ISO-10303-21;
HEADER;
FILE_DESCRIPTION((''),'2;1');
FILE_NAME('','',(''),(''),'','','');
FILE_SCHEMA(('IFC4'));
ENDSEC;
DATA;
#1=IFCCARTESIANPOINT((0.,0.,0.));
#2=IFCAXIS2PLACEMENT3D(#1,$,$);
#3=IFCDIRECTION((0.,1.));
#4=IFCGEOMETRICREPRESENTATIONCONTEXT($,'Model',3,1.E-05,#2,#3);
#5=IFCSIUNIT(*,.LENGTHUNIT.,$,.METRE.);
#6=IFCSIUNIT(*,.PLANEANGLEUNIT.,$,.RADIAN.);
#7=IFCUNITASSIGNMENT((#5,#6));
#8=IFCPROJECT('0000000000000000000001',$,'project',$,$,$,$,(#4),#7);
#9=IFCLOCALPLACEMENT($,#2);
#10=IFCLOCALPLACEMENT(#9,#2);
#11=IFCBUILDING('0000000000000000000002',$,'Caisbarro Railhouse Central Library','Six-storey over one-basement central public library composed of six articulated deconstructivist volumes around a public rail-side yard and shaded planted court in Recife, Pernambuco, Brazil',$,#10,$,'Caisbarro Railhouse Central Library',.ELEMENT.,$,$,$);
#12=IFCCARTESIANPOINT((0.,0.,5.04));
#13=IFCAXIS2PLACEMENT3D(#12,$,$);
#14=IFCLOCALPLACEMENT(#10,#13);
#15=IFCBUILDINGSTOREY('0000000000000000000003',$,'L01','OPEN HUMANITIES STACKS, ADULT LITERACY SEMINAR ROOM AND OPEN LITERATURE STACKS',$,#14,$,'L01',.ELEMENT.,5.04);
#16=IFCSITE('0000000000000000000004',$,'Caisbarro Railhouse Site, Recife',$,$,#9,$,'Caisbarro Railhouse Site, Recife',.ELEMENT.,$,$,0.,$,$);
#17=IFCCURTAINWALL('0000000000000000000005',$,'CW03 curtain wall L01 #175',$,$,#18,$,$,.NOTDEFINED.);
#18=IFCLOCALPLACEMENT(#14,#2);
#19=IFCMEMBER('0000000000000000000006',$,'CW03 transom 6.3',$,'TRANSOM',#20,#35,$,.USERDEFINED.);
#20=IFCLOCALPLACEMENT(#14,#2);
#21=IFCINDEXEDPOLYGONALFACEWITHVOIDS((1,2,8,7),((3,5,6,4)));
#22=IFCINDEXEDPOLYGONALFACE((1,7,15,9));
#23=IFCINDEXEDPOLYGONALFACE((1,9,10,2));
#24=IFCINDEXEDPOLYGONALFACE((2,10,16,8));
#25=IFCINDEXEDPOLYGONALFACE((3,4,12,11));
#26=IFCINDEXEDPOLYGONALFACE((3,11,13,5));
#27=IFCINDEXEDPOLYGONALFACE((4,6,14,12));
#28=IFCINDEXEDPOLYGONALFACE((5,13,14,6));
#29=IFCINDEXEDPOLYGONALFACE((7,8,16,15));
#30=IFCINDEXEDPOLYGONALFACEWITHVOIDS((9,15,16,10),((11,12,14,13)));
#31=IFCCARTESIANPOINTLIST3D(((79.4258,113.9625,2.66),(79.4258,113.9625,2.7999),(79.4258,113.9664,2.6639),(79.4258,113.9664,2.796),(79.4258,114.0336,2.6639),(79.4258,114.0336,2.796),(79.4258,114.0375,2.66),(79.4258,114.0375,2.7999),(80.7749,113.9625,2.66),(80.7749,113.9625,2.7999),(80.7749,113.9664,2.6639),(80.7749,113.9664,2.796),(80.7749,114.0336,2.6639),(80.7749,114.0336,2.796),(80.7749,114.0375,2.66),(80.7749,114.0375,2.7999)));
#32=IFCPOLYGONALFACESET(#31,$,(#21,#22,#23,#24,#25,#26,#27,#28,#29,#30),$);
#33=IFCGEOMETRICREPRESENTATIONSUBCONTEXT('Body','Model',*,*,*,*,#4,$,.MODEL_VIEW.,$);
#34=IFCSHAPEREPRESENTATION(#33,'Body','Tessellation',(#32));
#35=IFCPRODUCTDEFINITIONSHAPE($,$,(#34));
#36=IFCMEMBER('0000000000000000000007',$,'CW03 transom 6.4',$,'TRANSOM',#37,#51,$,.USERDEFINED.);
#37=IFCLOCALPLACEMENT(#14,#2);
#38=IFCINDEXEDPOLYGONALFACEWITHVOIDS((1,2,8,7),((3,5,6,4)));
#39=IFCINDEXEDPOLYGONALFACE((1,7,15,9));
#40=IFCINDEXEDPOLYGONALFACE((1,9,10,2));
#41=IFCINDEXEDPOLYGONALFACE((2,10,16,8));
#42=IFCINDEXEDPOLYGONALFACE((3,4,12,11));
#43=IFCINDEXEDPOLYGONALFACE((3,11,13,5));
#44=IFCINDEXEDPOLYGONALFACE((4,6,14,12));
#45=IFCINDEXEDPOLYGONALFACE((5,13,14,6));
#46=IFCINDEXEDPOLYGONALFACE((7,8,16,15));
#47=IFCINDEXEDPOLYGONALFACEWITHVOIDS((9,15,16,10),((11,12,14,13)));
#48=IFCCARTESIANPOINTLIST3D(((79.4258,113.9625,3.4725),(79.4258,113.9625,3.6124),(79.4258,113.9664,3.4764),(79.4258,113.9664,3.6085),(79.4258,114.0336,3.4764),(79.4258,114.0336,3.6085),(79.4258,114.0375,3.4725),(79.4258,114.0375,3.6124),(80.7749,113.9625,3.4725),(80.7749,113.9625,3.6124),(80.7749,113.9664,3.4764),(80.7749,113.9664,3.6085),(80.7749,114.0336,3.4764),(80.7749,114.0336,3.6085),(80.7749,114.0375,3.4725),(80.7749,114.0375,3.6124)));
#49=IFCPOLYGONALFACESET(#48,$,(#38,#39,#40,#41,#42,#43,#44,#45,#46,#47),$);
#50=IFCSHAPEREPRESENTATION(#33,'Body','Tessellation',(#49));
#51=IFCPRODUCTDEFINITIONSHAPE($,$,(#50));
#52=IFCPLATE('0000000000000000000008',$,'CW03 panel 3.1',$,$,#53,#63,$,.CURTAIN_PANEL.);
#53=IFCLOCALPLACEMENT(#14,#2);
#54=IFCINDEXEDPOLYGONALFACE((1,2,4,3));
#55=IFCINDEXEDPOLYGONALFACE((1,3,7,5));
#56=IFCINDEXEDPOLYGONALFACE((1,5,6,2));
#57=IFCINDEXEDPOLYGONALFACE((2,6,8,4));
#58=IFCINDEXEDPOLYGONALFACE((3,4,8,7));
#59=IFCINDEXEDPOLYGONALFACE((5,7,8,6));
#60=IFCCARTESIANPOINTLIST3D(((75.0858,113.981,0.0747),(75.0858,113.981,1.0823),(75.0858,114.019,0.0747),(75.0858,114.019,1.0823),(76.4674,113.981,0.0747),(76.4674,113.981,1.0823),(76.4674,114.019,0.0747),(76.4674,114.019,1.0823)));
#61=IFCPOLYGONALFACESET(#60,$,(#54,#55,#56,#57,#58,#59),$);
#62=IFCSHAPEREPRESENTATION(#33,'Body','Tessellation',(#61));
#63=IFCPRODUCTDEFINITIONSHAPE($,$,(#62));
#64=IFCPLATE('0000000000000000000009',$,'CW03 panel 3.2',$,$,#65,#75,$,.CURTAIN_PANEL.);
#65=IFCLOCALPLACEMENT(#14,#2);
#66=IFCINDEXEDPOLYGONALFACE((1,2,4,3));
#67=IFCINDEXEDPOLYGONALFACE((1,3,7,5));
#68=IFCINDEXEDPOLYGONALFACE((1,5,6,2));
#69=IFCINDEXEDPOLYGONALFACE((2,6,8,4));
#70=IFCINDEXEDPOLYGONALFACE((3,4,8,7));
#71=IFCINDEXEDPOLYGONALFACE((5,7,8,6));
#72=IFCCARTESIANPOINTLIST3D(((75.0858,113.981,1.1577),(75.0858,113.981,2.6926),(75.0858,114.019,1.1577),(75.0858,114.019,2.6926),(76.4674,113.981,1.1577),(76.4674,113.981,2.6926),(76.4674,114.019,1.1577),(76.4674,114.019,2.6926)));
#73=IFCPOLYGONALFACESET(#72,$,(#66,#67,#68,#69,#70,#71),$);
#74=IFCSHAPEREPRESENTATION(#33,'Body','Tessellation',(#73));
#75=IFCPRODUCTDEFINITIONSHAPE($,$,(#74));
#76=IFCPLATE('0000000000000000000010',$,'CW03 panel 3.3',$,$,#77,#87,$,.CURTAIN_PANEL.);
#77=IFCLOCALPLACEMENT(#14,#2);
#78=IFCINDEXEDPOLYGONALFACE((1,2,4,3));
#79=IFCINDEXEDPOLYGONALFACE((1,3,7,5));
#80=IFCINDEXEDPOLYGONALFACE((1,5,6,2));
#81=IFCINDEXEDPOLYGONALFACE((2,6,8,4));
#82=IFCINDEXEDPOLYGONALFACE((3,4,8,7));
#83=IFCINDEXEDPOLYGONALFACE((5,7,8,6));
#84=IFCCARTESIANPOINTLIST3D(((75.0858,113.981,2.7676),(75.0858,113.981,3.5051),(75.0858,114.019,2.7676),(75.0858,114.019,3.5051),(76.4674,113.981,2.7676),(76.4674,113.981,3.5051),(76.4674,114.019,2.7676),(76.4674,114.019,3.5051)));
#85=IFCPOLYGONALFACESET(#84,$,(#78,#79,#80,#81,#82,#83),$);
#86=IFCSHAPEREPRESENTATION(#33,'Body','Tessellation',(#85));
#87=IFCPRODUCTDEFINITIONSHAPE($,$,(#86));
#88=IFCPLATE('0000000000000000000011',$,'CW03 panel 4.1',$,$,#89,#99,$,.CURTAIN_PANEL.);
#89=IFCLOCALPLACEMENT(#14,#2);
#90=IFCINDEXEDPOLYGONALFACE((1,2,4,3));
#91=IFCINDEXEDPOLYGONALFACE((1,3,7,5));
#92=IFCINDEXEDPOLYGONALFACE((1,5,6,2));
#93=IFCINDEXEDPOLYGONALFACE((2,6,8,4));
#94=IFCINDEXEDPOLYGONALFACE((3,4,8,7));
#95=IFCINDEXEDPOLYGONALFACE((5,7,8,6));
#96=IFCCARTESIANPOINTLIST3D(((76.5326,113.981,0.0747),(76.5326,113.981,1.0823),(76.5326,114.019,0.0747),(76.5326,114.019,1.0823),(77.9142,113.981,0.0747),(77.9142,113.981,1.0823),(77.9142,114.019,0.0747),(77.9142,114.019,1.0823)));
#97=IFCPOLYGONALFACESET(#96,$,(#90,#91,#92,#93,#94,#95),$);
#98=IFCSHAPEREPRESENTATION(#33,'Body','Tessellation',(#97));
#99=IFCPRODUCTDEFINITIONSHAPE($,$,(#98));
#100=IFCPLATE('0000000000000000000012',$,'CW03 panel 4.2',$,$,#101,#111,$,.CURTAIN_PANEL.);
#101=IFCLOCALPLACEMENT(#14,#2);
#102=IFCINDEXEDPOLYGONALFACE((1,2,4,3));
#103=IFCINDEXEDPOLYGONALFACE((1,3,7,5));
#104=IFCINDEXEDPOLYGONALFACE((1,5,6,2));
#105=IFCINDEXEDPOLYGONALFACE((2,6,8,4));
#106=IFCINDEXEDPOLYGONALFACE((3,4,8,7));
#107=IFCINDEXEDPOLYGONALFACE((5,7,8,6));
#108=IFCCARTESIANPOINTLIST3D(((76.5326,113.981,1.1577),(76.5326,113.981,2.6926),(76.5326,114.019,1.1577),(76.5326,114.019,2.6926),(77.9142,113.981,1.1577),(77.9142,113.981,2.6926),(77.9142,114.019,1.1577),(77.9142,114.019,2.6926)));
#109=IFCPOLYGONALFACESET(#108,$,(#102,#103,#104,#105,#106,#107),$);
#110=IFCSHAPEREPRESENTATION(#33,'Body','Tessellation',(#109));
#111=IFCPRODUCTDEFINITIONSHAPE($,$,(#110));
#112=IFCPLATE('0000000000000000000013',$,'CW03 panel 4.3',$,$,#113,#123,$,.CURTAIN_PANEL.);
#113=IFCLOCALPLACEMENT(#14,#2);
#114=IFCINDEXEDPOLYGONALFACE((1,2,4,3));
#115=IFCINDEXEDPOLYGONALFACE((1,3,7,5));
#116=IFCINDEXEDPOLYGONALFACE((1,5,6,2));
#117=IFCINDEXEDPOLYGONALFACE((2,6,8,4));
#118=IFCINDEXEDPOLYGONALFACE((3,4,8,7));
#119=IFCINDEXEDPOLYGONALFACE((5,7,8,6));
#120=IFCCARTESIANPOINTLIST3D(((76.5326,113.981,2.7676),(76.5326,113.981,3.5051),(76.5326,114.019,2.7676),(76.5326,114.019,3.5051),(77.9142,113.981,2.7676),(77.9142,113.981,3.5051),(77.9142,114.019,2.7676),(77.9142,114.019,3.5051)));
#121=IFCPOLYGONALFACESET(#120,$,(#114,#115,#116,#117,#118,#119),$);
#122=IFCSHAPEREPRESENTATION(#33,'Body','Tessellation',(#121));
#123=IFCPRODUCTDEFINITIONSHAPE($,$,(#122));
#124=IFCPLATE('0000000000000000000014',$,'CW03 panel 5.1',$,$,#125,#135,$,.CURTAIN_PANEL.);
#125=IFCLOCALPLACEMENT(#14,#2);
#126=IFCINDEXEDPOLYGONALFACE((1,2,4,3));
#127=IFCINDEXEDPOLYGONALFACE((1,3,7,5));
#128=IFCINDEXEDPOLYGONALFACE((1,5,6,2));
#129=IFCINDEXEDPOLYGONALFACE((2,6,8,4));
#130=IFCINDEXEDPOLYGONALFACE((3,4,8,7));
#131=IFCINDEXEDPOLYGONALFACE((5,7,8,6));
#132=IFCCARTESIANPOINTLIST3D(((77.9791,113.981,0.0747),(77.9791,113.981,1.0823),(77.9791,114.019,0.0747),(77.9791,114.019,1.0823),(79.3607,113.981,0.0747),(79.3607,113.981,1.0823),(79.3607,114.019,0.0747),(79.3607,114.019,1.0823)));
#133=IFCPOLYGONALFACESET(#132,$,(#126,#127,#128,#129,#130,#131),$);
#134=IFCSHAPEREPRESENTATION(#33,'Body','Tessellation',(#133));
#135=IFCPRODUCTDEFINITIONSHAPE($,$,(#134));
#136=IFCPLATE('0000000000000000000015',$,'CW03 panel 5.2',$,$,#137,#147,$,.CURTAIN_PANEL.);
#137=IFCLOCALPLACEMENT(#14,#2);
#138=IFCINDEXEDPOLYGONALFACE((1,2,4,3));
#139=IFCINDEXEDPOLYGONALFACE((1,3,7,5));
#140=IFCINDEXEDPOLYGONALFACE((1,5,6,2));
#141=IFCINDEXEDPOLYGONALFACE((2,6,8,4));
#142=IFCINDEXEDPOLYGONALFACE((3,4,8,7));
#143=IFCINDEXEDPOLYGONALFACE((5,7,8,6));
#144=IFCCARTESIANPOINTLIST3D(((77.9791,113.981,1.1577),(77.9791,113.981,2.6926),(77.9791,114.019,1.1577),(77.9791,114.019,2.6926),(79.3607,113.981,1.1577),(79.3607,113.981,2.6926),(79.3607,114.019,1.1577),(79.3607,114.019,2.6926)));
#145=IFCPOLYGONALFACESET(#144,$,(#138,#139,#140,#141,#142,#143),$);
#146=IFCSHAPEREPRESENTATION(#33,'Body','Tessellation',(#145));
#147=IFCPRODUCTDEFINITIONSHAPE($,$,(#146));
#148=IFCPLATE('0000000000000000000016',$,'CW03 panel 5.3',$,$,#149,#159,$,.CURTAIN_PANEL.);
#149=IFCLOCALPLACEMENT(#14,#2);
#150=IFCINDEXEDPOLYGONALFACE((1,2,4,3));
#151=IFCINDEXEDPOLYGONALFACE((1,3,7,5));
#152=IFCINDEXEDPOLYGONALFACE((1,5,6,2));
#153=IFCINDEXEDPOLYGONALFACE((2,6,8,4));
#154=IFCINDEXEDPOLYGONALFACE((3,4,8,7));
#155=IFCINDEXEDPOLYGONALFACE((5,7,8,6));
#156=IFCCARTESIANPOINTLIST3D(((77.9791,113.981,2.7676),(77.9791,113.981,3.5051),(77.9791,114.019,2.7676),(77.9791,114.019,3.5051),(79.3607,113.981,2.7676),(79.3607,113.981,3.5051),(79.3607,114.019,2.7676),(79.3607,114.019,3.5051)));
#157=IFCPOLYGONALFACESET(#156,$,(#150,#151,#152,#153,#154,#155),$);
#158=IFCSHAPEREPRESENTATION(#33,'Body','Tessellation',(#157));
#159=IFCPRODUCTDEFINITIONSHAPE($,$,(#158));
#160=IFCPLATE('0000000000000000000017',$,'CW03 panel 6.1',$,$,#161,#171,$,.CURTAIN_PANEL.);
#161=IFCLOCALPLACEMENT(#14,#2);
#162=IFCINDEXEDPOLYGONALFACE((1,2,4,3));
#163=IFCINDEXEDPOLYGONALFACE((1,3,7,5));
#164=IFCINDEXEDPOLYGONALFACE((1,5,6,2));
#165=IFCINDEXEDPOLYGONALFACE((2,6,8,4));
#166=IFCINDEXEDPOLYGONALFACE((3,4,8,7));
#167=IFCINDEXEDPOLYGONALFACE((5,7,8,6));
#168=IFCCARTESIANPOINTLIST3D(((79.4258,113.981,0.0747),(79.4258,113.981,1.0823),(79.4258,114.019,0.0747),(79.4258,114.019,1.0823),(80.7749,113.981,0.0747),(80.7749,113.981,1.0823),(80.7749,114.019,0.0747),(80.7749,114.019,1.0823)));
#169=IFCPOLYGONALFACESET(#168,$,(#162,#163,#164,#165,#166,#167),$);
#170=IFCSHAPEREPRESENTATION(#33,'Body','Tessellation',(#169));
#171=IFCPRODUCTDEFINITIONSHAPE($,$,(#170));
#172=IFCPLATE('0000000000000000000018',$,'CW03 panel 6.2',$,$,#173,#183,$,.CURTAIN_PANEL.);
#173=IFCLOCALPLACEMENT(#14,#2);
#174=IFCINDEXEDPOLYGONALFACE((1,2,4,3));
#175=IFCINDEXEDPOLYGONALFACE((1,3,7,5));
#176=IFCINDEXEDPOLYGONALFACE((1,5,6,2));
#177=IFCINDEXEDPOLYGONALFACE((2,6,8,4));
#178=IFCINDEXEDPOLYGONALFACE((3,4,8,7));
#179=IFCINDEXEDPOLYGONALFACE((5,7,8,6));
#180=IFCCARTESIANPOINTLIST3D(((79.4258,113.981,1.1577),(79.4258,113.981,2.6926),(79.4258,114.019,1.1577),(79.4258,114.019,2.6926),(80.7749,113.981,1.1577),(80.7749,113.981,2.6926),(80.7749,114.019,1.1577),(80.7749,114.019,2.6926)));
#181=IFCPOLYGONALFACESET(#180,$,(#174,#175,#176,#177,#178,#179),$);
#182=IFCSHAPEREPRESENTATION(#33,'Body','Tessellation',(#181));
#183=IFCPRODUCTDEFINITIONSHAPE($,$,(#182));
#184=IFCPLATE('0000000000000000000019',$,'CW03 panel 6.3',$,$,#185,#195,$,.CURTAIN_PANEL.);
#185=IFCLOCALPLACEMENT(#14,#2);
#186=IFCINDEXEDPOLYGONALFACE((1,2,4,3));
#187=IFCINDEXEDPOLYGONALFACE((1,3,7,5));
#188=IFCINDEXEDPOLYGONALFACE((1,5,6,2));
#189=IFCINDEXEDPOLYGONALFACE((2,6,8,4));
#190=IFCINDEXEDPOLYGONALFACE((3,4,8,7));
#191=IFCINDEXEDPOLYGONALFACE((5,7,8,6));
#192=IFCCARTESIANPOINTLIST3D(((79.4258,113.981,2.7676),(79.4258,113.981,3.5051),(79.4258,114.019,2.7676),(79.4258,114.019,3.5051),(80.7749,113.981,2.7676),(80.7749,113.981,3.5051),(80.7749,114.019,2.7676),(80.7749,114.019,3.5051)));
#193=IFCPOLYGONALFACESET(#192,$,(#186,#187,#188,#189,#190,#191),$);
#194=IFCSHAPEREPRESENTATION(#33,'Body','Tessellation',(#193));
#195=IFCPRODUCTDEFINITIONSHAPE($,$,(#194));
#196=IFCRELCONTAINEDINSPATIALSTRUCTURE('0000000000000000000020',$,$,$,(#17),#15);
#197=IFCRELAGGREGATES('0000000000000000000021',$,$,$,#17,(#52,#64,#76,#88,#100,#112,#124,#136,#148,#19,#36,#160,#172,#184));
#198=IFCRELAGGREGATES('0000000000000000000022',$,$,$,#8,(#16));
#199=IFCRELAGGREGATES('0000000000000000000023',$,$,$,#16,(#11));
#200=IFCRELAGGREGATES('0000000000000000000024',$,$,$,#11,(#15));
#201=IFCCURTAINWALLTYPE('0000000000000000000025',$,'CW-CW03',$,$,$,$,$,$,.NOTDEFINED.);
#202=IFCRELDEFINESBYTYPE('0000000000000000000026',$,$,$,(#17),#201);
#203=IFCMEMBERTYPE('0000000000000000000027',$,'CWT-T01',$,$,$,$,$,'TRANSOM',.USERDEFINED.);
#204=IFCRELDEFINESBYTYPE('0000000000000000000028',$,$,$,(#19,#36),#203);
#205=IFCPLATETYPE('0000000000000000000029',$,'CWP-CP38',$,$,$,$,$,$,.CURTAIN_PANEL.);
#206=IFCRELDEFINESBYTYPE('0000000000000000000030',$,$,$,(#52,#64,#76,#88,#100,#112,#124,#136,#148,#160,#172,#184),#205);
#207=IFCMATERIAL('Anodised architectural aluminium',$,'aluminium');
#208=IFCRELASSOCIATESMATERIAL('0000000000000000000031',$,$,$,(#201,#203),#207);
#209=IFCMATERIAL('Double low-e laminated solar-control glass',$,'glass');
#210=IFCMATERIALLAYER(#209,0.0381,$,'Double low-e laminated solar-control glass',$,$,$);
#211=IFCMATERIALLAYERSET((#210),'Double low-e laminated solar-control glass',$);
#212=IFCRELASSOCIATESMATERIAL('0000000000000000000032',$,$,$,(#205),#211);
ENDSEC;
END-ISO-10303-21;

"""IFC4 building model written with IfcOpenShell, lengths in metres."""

from ifc_helpers import new_model, si_unit, direction, frame, origin, origin_2d, place, context, subcontext, project, spatial, rectangle, hollow_rectangle, extrude, material, layer, layer_set, material_profile, profile_set, type_object, element, aggregate, save


model = new_model("IFC4")

# Units and contexts
model_context = context("Model", 3, precision=1e-05, world=origin(), true_north=direction((0.0, 1.0)))
body_context = subcontext(model_context, "Body", "Model", "MODEL_VIEW")
ifc_project = project(units=[si_unit("LENGTHUNIT", "METRE"), si_unit("PLANEANGLEUNIT", "RADIAN")], contexts=[model_context])

# Site, building, storey
site_placement = place(None, origin())
site = spatial("IfcSite", under=ifc_project, at=site_placement, Name="Caisbarro Railhouse Site, Recife", LongName="Caisbarro Railhouse Site, Recife", CompositionType="ELEMENT", RefElevation=0.0)
building_placement = place(site_placement, origin())
building = spatial("IfcBuilding", under=site, at=building_placement, Name="Caisbarro Railhouse Central Library", Description="Six-storey over one-basement central public library composed of six articulated deconstructivist volumes around a public rail-side yard and shaded planted court in Recife, Pernambuco, Brazil", LongName="Caisbarro Railhouse Central Library", CompositionType="ELEMENT")
storey_placement = place(building_placement, frame((0.0, 0.0, 5.04)))
storey = spatial("IfcBuildingStorey", under=building, at=storey_placement, Name="L01", Description="OPEN HUMANITIES STACKS, ADULT LITERACY SEMINAR ROOM AND OPEN LITERATURE STACKS", LongName="L01", CompositionType="ELEMENT", Elevation=5.04)

# Curtain wall
ifc_material_1 = material(Name="Anodised architectural aluminium", Category="aluminium")
curtain_wall_type = type_object("IfcCurtainWallType", Name="CW-CW03", PredefinedType="NOTDEFINED", material=ifc_material_1)
curtain_wall_1_placement = place(storey_placement, origin())
curtain_wall_1 = element("IfcCurtainWall", 1, at=curtain_wall_1_placement, inside=storey, type_object=curtain_wall_type, Name="CW03 curtain wall L01 #175", PredefinedType="NOTDEFINED")

# Members
ifc_material_profile_1 = material_profile(ifc_material_1, hollow_rectangle(XDim=0.075, YDim=0.1399, WallThickness=0.0039, at=origin_2d()), Name="ALU-TRN-75X140")
ifc_profile_set_1 = profile_set([ifc_material_profile_1], Name="Anodised architectural aluminium")
member_type_1 = type_object("IfcMemberType", Name="CWT-T01", ElementType="TRANSOM", PredefinedType="USERDEFINED", material=ifc_profile_set_1)
member_1_placement = place(storey_placement, frame((79.4258, 114.0, 2.73), z_axis=(1.0, 0.0, 0.0), x_axis=(0.0, 1.0, 0.0)))
member_1 = element("IfcMember", 2, at=member_1_placement, type_object=member_type_1, Name="CW03 transom 6.3", ObjectType="TRANSOM", PredefinedType="USERDEFINED", context=body_context, shape_type="SweptSolid", body=[
    extrude(hollow_rectangle(XDim=0.075, YDim=0.1399, WallThickness=0.0039, at=origin_2d()), origin(), (0.0, 0.0, 1.0), 1.3491),
])
member_2_placement = place(storey_placement, frame((79.4258, 114.0, 3.5425), z_axis=(1.0, 0.0, 0.0), x_axis=(0.0, 1.0, 0.0)))
member_2 = element("IfcMember", 3, at=member_2_placement, type_object=member_type_1, Name="CW03 transom 6.4", ObjectType="TRANSOM", PredefinedType="USERDEFINED", context=body_context, shape_type="SweptSolid", body=[
    extrude(hollow_rectangle(XDim=0.075, YDim=0.1399, WallThickness=0.0039, at=origin_2d()), origin(), (0.0, 0.0, 1.0), 1.3491),
])

# Plates
ifc_material_2 = material(Name="Double low-e laminated solar-control glass", Category="glass")
ifc_layer = layer(ifc_material_2, 0.0381, Name="Double low-e laminated solar-control glass")
ifc_layer_set = layer_set([ifc_layer], Name="Double low-e laminated solar-control glass")
plate_type = type_object("IfcPlateType", Name="CWP-CP38", PredefinedType="CURTAIN_PANEL", material=ifc_layer_set)
plate_1_placement = place(storey_placement, frame((75.7766, 114.0, 0.0747), z_axis=(0.0, 0.0, 1.0), x_axis=(1.0, 0.0, 0.0)))
plate_1 = element("IfcPlate", 4, at=plate_1_placement, type_object=plate_type, Name="CW03 panel 3.1", PredefinedType="CURTAIN_PANEL", context=body_context, shape_type="SweptSolid", body=[
    extrude(rectangle(XDim=1.3816, YDim=0.0381, at=origin_2d()), origin(), (0.0, 0.0, 1.0), 1.0076),
])
plate_2_placement = place(storey_placement, frame((75.7766, 114.0, 1.1577), z_axis=(0.0, 0.0, 1.0), x_axis=(1.0, 0.0, 0.0)))
plate_2 = element("IfcPlate", 5, at=plate_2_placement, type_object=plate_type, Name="CW03 panel 3.2", PredefinedType="CURTAIN_PANEL", context=body_context, shape_type="SweptSolid", body=[
    extrude(rectangle(XDim=1.3816, YDim=0.0381, at=origin_2d()), origin(), (0.0, 0.0, 1.0), 1.5349),
])
plate_3_placement = place(storey_placement, frame((75.7766, 114.0, 2.7676), z_axis=(0.0, 0.0, 1.0), x_axis=(1.0, 0.0, 0.0)))
plate_3 = element("IfcPlate", 6, at=plate_3_placement, type_object=plate_type, Name="CW03 panel 3.3", PredefinedType="CURTAIN_PANEL", context=body_context, shape_type="SweptSolid", body=[
    extrude(rectangle(XDim=1.3816, YDim=0.0381, at=origin_2d()), origin(), (0.0, 0.0, 1.0), 0.7375),
])
plate_4_placement = place(storey_placement, frame((77.2234, 114.0, 0.0747), z_axis=(0.0, 0.0, 1.0), x_axis=(1.0, 0.0, 0.0)))
plate_4 = element("IfcPlate", 7, at=plate_4_placement, type_object=plate_type, Name="CW03 panel 4.1", PredefinedType="CURTAIN_PANEL", context=body_context, shape_type="SweptSolid", body=[
    extrude(rectangle(XDim=1.3816, YDim=0.0381, at=origin_2d()), origin(), (0.0, 0.0, 1.0), 1.0076),
])
plate_5_placement = place(storey_placement, frame((77.2234, 114.0, 1.1577), z_axis=(0.0, 0.0, 1.0), x_axis=(1.0, 0.0, 0.0)))
plate_5 = element("IfcPlate", 8, at=plate_5_placement, type_object=plate_type, Name="CW03 panel 4.2", PredefinedType="CURTAIN_PANEL", context=body_context, shape_type="SweptSolid", body=[
    extrude(rectangle(XDim=1.3816, YDim=0.0381, at=origin_2d()), origin(), (0.0, 0.0, 1.0), 1.5349),
])
plate_6_placement = place(storey_placement, frame((77.2234, 114.0, 2.7676), z_axis=(0.0, 0.0, 1.0), x_axis=(1.0, 0.0, 0.0)))
plate_6 = element("IfcPlate", 9, at=plate_6_placement, type_object=plate_type, Name="CW03 panel 4.3", PredefinedType="CURTAIN_PANEL", context=body_context, shape_type="SweptSolid", body=[
    extrude(rectangle(XDim=1.3816, YDim=0.0381, at=origin_2d()), origin(), (0.0, 0.0, 1.0), 0.7375),
])
plate_7_placement = place(storey_placement, frame((78.6699, 114.0, 0.0747), z_axis=(0.0, 0.0, 1.0), x_axis=(1.0, 0.0, 0.0)))
plate_7 = element("IfcPlate", 10, at=plate_7_placement, type_object=plate_type, Name="CW03 panel 5.1", PredefinedType="CURTAIN_PANEL", context=body_context, shape_type="SweptSolid", body=[
    extrude(rectangle(XDim=1.3816, YDim=0.0381, at=origin_2d()), origin(), (0.0, 0.0, 1.0), 1.0076),
])
plate_8_placement = place(storey_placement, frame((78.6699, 114.0, 1.1577), z_axis=(0.0, 0.0, 1.0), x_axis=(1.0, 0.0, 0.0)))
plate_8 = element("IfcPlate", 11, at=plate_8_placement, type_object=plate_type, Name="CW03 panel 5.2", PredefinedType="CURTAIN_PANEL", context=body_context, shape_type="SweptSolid", body=[
    extrude(rectangle(XDim=1.3816, YDim=0.0381, at=origin_2d()), origin(), (0.0, 0.0, 1.0), 1.5349),
])
plate_9_placement = place(storey_placement, frame((78.6699, 114.0, 2.7676), z_axis=(0.0, 0.0, 1.0), x_axis=(1.0, 0.0, 0.0)))
plate_9 = element("IfcPlate", 12, at=plate_9_placement, type_object=plate_type, Name="CW03 panel 5.3", PredefinedType="CURTAIN_PANEL", context=body_context, shape_type="SweptSolid", body=[
    extrude(rectangle(XDim=1.3816, YDim=0.0381, at=origin_2d()), origin(), (0.0, 0.0, 1.0), 0.7375),
])
plate_10_placement = place(storey_placement, frame((80.1003, 114.0, 0.0747), z_axis=(0.0, 0.0, 1.0), x_axis=(1.0, 0.0, 0.0)))
plate_10 = element("IfcPlate", 13, at=plate_10_placement, type_object=plate_type, Name="CW03 panel 6.1", PredefinedType="CURTAIN_PANEL", context=body_context, shape_type="SweptSolid", body=[
    extrude(rectangle(XDim=1.3491, YDim=0.0381, at=origin_2d()), origin(), (0.0, 0.0, 1.0), 1.0076),
])
plate_11_placement = place(storey_placement, frame((80.1003, 114.0, 1.1577), z_axis=(0.0, 0.0, 1.0), x_axis=(1.0, 0.0, 0.0)))
plate_11 = element("IfcPlate", 14, at=plate_11_placement, type_object=plate_type, Name="CW03 panel 6.2", PredefinedType="CURTAIN_PANEL", context=body_context, shape_type="SweptSolid", body=[
    extrude(rectangle(XDim=1.3491, YDim=0.0381, at=origin_2d()), origin(), (0.0, 0.0, 1.0), 1.5349),
])
plate_12_placement = place(storey_placement, frame((80.1003, 114.0, 2.7676), z_axis=(0.0, 0.0, 1.0), x_axis=(1.0, 0.0, 0.0)))
plate_12 = element("IfcPlate", 15, at=plate_12_placement, type_object=plate_type, Name="CW03 panel 6.3", PredefinedType="CURTAIN_PANEL", context=body_context, shape_type="SweptSolid", body=[
    extrude(rectangle(XDim=1.3491, YDim=0.0381, at=origin_2d()), origin(), (0.0, 0.0, 1.0), 0.7375),
])
aggregate(curtain_wall_1, [plate_1, plate_2, plate_3, plate_4, plate_5, plate_6, plate_7, plate_8, plate_9, member_1, member_2, plate_10, plate_11, plate_12])

save(model, "model.ifc")
